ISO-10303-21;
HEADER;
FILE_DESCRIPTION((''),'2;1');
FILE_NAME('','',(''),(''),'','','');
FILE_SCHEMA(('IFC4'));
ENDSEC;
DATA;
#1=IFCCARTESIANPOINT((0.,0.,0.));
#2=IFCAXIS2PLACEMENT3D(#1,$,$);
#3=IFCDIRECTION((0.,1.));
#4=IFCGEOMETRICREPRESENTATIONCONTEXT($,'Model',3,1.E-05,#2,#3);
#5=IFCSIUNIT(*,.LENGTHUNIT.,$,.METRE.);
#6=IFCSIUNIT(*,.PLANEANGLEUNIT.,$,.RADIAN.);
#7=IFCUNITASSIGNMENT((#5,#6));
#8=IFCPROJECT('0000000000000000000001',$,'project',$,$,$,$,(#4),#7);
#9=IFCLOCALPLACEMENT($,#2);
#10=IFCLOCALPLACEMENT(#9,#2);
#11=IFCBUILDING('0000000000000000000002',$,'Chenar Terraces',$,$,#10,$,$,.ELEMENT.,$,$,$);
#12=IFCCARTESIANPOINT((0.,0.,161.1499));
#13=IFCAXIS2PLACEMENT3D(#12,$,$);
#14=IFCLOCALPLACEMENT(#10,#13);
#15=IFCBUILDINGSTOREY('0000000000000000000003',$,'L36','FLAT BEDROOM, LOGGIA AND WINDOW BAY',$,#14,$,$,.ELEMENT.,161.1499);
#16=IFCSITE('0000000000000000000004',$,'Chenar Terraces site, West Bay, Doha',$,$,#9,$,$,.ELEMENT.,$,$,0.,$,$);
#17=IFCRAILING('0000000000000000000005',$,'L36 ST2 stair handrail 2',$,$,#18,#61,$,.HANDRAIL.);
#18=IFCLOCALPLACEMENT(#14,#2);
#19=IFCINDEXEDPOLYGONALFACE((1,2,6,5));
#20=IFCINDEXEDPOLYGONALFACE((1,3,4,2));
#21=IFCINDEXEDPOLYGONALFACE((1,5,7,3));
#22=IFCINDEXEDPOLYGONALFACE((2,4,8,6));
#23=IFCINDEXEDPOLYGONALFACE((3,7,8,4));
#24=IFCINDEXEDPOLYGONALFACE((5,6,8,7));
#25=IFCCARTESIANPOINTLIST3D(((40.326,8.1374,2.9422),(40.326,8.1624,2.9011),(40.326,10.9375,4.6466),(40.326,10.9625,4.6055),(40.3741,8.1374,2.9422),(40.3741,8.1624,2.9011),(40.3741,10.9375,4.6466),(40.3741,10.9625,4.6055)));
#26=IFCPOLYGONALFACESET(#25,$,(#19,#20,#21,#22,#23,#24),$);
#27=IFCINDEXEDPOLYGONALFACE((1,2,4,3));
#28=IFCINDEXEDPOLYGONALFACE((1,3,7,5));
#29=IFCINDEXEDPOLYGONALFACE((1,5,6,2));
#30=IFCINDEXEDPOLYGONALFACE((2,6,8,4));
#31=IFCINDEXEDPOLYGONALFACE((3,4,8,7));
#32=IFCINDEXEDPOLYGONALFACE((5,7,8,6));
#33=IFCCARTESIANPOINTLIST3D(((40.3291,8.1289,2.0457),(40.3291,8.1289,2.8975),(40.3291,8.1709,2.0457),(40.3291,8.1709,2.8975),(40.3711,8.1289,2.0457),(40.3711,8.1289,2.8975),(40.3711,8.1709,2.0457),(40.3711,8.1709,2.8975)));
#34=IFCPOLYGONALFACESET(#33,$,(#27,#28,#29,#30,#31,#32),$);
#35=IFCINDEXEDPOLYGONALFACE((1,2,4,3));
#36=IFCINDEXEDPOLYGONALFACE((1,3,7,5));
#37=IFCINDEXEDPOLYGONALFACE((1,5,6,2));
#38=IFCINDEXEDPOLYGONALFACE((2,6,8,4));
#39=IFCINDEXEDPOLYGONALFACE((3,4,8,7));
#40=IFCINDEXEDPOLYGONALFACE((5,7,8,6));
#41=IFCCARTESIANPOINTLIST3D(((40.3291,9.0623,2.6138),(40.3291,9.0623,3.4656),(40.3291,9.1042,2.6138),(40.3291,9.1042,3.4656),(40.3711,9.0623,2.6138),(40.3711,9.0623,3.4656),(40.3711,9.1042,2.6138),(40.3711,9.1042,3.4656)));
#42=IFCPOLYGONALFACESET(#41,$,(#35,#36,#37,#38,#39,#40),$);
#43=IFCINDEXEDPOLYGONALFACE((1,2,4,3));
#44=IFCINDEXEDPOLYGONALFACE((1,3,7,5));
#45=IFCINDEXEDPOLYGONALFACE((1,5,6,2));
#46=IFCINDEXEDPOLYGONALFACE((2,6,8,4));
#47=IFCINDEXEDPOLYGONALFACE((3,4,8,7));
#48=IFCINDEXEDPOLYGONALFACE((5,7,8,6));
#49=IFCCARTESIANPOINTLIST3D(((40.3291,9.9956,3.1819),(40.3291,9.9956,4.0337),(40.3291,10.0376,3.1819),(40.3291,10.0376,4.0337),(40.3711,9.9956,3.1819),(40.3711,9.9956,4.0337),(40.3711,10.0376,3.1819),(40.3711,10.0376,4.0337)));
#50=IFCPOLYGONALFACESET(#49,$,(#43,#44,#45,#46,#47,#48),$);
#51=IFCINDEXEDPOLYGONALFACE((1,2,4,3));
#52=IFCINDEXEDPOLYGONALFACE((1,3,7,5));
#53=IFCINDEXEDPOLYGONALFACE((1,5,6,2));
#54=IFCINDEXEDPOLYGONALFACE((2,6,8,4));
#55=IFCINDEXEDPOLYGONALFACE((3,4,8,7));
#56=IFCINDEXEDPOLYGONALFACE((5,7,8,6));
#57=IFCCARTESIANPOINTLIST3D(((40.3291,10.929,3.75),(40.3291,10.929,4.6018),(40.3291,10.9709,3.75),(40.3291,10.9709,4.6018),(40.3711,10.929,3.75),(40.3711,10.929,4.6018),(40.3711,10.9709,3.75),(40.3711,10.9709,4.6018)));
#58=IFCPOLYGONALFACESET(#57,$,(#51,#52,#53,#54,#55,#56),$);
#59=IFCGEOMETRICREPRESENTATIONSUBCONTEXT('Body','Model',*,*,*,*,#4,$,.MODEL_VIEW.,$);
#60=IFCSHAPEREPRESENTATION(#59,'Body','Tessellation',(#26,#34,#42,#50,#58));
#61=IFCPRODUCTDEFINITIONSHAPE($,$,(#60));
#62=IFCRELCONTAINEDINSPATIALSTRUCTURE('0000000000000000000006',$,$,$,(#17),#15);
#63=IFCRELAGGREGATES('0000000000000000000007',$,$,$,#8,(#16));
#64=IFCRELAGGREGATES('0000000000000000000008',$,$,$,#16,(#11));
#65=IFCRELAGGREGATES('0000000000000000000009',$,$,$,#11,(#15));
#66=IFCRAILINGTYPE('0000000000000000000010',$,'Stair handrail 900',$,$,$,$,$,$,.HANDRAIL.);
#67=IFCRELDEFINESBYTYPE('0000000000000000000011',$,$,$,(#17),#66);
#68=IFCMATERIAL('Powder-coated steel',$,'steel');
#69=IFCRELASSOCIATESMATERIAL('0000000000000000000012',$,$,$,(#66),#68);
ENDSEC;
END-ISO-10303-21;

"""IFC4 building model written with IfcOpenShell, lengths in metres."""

from ifc_helpers import new_model, si_unit, direction, frame, origin, origin_2d, place, context, subcontext, project, spatial, rectangle, extrude, material, type_object, element, save


model = new_model("IFC4")

# Units and contexts
model_context = context("Model", 3, precision=1e-05, world=origin(), true_north=direction((0.0, 1.0)))
body_context = subcontext(model_context, "Body", "Model", "MODEL_VIEW")
ifc_project = project(units=[si_unit("LENGTHUNIT", "METRE"), si_unit("PLANEANGLEUNIT", "RADIAN")], contexts=[model_context])

# Site, building, storey
site_placement = place(None, origin())
site = spatial("IfcSite", under=ifc_project, at=site_placement, Name="Chenar Terraces site, West Bay, Doha", CompositionType="ELEMENT", RefElevation=0.0)
building_placement = place(site_placement, origin())
building = spatial("IfcBuilding", under=site, at=building_placement, Name="Chenar Terraces", CompositionType="ELEMENT")
storey_placement = place(building_placement, frame((0.0, 0.0, 161.1499)))
storey = spatial("IfcBuildingStorey", under=building, at=storey_placement, Name="L36", Description="FLAT BEDROOM, LOGGIA AND WINDOW BAY", CompositionType="ELEMENT", Elevation=161.1499)

# Railing
ifc_material_1 = material(Name="Powder-coated steel", Category="steel")
railing_type_1 = type_object("IfcRailingType", Name="Stair handrail 900", PredefinedType="HANDRAIL", material=ifc_material_1)
railing_1_placement = place(storey_placement, frame((40.3501, 8.1499, 2.0457)))
element("IfcRailing", 1, at=railing_1_placement, inside=storey, type_object=railing_type_1, Name="L36 ST2 stair handrail 2", PredefinedType="HANDRAIL", context=body_context, shape_type="SweptSolid", body=[
    extrude(rectangle(XDim=0.0481, YDim=0.0481, at=origin_2d()), frame((0.0, 0.0, 0.876), z_axis=(0.0, 0.854203, 0.51994), x_axis=(-1.0, 0.0, 0.0)), (0.0, 0.0, 1.0), 3.2781),
    extrude(rectangle(XDim=0.042, YDim=0.042, at=origin_2d()), origin(), (0.0, 0.0, 1.0), 0.8518),
    extrude(rectangle(XDim=0.042, YDim=0.042, at=origin_2d()), frame((0.0, 0.9333, 0.5681)), (0.0, 0.0, 1.0), 0.8518),
    extrude(rectangle(XDim=0.042, YDim=0.042, at=origin_2d()), frame((0.0, 1.8667, 1.1362)), (0.0, 0.0, 1.0), 0.8518),
    extrude(rectangle(XDim=0.042, YDim=0.042, at=origin_2d()), frame((0.0, 2.8, 1.7043)), (0.0, 0.0, 1.0), 0.8518),
])

save(model, "model.ifc")
